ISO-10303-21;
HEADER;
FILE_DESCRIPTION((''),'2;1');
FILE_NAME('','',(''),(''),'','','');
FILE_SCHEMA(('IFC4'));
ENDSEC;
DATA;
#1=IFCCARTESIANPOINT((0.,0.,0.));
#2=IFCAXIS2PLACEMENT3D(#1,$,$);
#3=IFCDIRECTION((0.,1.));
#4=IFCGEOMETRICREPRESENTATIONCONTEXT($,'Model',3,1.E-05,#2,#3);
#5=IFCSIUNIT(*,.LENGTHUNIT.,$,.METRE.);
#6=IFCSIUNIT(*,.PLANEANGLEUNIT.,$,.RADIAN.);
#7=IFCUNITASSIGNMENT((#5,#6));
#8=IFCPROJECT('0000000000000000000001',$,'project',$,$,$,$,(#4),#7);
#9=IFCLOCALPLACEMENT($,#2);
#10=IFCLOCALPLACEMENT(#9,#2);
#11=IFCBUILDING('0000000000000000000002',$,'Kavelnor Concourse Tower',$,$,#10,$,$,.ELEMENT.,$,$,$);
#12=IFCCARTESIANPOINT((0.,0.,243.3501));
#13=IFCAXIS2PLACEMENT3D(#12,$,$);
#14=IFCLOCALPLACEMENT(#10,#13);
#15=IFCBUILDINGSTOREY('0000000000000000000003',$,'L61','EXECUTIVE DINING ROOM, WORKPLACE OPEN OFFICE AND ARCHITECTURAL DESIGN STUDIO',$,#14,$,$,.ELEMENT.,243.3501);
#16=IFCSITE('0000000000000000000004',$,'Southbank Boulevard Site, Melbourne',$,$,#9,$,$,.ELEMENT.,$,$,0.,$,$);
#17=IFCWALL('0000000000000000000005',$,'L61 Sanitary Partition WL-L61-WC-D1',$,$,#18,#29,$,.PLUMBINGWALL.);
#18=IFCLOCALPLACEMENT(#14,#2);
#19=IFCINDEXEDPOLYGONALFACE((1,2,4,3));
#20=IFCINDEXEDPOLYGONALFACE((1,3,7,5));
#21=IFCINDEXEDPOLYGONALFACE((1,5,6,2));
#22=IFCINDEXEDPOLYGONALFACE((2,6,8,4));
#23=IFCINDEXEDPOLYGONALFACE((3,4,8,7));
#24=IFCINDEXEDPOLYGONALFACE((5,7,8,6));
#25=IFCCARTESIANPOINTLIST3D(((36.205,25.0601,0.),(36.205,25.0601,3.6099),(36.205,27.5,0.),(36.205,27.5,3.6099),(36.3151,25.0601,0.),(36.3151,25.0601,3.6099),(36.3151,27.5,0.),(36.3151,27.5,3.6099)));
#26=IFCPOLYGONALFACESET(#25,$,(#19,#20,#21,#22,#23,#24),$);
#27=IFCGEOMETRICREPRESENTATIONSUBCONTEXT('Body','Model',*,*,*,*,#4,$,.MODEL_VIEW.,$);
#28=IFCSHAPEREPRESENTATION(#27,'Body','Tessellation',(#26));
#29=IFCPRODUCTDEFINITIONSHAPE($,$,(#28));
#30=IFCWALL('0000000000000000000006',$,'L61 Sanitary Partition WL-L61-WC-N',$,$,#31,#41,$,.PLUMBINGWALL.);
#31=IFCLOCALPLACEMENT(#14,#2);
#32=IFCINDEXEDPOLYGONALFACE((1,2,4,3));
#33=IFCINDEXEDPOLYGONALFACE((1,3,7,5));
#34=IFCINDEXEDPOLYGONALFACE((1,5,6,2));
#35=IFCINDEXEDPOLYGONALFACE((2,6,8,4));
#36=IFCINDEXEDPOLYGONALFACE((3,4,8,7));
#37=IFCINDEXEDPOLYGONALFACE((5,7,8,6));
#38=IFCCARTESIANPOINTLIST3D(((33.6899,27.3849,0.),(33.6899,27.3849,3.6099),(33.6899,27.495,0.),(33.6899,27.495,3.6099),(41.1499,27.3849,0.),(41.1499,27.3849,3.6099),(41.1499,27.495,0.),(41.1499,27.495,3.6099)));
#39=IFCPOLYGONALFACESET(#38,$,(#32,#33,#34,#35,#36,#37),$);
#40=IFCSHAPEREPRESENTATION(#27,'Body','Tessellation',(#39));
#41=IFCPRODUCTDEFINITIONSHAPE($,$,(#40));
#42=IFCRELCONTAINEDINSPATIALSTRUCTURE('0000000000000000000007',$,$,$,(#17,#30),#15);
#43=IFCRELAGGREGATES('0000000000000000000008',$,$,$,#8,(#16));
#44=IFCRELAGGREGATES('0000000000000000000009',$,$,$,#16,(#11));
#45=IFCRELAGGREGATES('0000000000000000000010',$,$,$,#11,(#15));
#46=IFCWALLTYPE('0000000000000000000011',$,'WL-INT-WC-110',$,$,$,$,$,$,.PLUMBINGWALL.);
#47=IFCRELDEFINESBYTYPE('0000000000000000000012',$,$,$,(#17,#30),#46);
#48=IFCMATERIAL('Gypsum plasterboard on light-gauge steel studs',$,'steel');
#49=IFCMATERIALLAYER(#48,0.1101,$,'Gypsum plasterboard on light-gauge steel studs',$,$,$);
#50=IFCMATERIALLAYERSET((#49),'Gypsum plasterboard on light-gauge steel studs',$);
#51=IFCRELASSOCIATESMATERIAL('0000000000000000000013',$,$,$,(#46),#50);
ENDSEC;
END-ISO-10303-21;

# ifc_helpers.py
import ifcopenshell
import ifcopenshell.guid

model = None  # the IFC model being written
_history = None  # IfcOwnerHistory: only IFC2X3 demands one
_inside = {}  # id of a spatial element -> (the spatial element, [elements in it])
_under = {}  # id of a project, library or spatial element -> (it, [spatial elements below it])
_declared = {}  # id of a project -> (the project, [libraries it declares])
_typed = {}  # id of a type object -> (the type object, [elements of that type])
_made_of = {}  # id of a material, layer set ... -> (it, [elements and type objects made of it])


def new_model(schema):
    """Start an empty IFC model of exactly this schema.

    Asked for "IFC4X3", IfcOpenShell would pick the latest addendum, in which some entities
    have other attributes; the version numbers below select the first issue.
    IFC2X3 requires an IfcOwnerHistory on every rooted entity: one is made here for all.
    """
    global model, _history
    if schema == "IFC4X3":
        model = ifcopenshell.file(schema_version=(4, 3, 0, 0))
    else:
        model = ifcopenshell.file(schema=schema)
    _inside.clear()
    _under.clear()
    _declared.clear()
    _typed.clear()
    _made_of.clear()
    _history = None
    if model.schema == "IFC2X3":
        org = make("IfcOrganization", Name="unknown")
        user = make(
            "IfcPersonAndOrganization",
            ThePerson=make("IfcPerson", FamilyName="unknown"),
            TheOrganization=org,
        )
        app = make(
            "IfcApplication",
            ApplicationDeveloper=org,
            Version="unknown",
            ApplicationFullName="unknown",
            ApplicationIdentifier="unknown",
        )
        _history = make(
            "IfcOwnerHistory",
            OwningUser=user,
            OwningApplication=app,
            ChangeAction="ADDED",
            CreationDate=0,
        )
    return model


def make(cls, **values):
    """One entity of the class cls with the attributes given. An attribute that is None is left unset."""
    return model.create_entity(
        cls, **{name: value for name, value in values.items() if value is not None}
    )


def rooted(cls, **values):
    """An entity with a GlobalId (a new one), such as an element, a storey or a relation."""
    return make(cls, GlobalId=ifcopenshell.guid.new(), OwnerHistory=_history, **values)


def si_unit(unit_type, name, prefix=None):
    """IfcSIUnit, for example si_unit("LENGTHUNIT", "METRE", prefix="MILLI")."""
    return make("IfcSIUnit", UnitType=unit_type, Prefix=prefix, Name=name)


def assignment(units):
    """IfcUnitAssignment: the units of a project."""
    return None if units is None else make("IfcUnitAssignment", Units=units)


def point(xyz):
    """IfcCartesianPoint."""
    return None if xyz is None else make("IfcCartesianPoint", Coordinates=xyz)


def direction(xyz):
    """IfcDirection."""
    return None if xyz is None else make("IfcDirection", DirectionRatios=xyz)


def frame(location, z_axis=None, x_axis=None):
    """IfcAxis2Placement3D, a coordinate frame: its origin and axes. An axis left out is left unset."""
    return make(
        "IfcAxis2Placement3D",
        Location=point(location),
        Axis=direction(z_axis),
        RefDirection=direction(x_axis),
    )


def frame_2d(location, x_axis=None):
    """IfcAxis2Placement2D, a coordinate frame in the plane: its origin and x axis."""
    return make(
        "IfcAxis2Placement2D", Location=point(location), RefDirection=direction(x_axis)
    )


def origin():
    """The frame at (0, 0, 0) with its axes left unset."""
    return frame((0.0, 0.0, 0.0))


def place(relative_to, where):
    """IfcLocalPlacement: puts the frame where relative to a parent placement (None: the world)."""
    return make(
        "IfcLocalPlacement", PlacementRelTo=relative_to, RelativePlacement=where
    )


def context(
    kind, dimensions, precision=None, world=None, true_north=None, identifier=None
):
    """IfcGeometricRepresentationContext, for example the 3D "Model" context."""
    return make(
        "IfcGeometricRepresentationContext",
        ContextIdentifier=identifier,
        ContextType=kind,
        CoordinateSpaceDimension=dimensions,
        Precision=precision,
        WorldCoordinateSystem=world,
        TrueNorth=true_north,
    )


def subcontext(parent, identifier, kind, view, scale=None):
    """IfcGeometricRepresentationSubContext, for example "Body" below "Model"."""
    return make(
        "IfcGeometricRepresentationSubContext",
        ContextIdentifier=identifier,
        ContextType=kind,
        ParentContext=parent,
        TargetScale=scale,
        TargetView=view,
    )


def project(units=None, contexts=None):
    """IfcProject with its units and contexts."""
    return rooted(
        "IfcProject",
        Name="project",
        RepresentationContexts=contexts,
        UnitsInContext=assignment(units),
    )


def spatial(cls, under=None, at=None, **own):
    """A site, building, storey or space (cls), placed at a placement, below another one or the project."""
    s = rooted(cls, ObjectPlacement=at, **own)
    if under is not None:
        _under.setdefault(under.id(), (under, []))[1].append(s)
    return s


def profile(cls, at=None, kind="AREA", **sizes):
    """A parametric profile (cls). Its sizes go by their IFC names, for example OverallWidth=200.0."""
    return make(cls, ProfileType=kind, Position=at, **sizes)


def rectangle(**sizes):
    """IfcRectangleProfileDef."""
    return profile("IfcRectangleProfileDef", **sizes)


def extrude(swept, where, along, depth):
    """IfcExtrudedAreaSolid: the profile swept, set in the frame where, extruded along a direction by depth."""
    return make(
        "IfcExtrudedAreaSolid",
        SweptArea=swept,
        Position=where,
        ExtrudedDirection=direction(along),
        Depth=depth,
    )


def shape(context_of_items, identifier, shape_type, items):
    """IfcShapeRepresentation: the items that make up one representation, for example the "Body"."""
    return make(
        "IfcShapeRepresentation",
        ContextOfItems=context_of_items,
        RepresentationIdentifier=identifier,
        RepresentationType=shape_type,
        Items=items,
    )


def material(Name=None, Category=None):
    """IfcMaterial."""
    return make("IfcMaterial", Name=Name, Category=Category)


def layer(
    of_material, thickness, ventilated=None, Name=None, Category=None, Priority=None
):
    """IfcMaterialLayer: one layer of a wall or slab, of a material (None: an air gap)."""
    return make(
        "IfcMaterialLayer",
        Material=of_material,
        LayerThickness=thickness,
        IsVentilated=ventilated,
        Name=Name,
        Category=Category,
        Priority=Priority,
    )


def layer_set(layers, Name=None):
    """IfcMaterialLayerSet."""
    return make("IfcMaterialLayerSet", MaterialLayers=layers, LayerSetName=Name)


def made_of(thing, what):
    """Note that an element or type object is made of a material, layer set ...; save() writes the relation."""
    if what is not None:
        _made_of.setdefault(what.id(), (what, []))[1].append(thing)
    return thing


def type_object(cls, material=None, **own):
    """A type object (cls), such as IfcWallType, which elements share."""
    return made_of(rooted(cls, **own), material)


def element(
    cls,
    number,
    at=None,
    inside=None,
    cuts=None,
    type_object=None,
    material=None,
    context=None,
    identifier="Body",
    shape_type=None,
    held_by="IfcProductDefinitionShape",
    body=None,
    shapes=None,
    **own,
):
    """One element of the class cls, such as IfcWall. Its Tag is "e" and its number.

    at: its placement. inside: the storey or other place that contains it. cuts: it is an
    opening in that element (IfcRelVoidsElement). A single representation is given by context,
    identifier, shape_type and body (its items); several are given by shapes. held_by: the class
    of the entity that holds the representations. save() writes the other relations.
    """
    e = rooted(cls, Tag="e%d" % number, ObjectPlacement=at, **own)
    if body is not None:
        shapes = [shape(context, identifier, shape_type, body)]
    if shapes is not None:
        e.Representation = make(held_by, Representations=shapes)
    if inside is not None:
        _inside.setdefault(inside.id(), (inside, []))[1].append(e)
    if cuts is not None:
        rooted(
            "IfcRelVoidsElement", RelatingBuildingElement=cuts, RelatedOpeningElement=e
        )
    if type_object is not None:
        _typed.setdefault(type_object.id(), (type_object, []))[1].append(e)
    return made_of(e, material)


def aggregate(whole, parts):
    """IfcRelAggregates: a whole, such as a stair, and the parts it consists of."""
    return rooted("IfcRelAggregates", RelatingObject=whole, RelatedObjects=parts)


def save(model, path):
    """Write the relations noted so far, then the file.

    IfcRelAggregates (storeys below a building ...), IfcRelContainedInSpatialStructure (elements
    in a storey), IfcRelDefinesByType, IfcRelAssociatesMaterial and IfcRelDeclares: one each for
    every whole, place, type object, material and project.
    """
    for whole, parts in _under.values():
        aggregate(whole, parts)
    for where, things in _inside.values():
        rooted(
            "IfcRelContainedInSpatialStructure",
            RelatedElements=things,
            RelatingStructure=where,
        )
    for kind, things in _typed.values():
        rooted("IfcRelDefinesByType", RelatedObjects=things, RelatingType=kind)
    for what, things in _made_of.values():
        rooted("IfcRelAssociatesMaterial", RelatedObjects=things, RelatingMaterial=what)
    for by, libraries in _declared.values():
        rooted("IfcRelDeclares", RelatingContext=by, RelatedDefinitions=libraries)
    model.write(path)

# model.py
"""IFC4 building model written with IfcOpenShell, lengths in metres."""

from ifc_helpers import new_model, si_unit, direction, frame, frame_2d, origin, place, context, subcontext, project, spatial, rectangle, extrude, material, layer, layer_set, type_object, element, save


model = new_model("IFC4")

# Units and contexts
model_context = context("Model", 3, precision=1e-05, world=origin(), true_north=direction((0.0, 1.0)))
body_context = subcontext(model_context, "Body", "Model", "MODEL_VIEW")
ifc_project = project(units=[si_unit("LENGTHUNIT", "METRE"), si_unit("PLANEANGLEUNIT", "RADIAN")], contexts=[model_context])

# Site, building, storey
site_placement = place(None, origin())
site = spatial("IfcSite", under=ifc_project, at=site_placement, Name="Southbank Boulevard Site, Melbourne", CompositionType="ELEMENT", RefElevation=0.0)
building_placement = place(site_placement, origin())
building = spatial("IfcBuilding", under=site, at=building_placement, Name="Kavelnor Concourse Tower", CompositionType="ELEMENT")
storey_placement = place(building_placement, frame((0.0, 0.0, 243.3501)))
storey = spatial("IfcBuildingStorey", under=building, at=storey_placement, Name="L61", Description="EXECUTIVE DINING ROOM, WORKPLACE OPEN OFFICE AND ARCHITECTURAL DESIGN STUDIO", CompositionType="ELEMENT", Elevation=243.3501)

# Walls
ifc_material_1 = material(Name="Gypsum plasterboard on light-gauge steel studs", Category="steel")
ifc_layer_1 = layer(ifc_material_1, 0.1101, Name="Gypsum plasterboard on light-gauge steel studs")
ifc_layer_set_1 = layer_set([ifc_layer_1], Name="Gypsum plasterboard on light-gauge steel studs")
wall_type_1 = type_object("IfcWallType", Name="WL-INT-WC-110", PredefinedType="PLUMBINGWALL", material=ifc_layer_set_1)
wall_1_placement = place(storey_placement, frame((36.26, 25.0601, 0.0), z_axis=(0.0, 0.0, 1.0), x_axis=(0.0, 1.0, 0.0)))
element("IfcWall", 1, at=wall_1_placement, inside=storey, type_object=wall_type_1, Name="L61 Sanitary Partition WL-L61-WC-D1", PredefinedType="PLUMBINGWALL", context=body_context, shape_type="SweptSolid", body=[
    extrude(rectangle(XDim=2.4399, YDim=0.1101, at=frame_2d((1.22, 0.0))), origin(), (0.0, 0.0, 1.0), 3.6099),
])
wall_2_placement = place(storey_placement, frame((33.6899, 27.4399, 0.0), z_axis=(0.0, 0.0, 1.0), x_axis=(1.0, 0.0, 0.0)))
element("IfcWall", 2, at=wall_2_placement, inside=storey, type_object=wall_type_1, Name="L61 Sanitary Partition WL-L61-WC-N", PredefinedType="PLUMBINGWALL", context=body_context, shape_type="SweptSolid", body=[
    extrude(rectangle(XDim=7.46, YDim=0.1101, at=frame_2d((3.73, 0.0))), origin(), (0.0, 0.0, 1.0), 3.6099),
])

save(model, "model.ifc")
